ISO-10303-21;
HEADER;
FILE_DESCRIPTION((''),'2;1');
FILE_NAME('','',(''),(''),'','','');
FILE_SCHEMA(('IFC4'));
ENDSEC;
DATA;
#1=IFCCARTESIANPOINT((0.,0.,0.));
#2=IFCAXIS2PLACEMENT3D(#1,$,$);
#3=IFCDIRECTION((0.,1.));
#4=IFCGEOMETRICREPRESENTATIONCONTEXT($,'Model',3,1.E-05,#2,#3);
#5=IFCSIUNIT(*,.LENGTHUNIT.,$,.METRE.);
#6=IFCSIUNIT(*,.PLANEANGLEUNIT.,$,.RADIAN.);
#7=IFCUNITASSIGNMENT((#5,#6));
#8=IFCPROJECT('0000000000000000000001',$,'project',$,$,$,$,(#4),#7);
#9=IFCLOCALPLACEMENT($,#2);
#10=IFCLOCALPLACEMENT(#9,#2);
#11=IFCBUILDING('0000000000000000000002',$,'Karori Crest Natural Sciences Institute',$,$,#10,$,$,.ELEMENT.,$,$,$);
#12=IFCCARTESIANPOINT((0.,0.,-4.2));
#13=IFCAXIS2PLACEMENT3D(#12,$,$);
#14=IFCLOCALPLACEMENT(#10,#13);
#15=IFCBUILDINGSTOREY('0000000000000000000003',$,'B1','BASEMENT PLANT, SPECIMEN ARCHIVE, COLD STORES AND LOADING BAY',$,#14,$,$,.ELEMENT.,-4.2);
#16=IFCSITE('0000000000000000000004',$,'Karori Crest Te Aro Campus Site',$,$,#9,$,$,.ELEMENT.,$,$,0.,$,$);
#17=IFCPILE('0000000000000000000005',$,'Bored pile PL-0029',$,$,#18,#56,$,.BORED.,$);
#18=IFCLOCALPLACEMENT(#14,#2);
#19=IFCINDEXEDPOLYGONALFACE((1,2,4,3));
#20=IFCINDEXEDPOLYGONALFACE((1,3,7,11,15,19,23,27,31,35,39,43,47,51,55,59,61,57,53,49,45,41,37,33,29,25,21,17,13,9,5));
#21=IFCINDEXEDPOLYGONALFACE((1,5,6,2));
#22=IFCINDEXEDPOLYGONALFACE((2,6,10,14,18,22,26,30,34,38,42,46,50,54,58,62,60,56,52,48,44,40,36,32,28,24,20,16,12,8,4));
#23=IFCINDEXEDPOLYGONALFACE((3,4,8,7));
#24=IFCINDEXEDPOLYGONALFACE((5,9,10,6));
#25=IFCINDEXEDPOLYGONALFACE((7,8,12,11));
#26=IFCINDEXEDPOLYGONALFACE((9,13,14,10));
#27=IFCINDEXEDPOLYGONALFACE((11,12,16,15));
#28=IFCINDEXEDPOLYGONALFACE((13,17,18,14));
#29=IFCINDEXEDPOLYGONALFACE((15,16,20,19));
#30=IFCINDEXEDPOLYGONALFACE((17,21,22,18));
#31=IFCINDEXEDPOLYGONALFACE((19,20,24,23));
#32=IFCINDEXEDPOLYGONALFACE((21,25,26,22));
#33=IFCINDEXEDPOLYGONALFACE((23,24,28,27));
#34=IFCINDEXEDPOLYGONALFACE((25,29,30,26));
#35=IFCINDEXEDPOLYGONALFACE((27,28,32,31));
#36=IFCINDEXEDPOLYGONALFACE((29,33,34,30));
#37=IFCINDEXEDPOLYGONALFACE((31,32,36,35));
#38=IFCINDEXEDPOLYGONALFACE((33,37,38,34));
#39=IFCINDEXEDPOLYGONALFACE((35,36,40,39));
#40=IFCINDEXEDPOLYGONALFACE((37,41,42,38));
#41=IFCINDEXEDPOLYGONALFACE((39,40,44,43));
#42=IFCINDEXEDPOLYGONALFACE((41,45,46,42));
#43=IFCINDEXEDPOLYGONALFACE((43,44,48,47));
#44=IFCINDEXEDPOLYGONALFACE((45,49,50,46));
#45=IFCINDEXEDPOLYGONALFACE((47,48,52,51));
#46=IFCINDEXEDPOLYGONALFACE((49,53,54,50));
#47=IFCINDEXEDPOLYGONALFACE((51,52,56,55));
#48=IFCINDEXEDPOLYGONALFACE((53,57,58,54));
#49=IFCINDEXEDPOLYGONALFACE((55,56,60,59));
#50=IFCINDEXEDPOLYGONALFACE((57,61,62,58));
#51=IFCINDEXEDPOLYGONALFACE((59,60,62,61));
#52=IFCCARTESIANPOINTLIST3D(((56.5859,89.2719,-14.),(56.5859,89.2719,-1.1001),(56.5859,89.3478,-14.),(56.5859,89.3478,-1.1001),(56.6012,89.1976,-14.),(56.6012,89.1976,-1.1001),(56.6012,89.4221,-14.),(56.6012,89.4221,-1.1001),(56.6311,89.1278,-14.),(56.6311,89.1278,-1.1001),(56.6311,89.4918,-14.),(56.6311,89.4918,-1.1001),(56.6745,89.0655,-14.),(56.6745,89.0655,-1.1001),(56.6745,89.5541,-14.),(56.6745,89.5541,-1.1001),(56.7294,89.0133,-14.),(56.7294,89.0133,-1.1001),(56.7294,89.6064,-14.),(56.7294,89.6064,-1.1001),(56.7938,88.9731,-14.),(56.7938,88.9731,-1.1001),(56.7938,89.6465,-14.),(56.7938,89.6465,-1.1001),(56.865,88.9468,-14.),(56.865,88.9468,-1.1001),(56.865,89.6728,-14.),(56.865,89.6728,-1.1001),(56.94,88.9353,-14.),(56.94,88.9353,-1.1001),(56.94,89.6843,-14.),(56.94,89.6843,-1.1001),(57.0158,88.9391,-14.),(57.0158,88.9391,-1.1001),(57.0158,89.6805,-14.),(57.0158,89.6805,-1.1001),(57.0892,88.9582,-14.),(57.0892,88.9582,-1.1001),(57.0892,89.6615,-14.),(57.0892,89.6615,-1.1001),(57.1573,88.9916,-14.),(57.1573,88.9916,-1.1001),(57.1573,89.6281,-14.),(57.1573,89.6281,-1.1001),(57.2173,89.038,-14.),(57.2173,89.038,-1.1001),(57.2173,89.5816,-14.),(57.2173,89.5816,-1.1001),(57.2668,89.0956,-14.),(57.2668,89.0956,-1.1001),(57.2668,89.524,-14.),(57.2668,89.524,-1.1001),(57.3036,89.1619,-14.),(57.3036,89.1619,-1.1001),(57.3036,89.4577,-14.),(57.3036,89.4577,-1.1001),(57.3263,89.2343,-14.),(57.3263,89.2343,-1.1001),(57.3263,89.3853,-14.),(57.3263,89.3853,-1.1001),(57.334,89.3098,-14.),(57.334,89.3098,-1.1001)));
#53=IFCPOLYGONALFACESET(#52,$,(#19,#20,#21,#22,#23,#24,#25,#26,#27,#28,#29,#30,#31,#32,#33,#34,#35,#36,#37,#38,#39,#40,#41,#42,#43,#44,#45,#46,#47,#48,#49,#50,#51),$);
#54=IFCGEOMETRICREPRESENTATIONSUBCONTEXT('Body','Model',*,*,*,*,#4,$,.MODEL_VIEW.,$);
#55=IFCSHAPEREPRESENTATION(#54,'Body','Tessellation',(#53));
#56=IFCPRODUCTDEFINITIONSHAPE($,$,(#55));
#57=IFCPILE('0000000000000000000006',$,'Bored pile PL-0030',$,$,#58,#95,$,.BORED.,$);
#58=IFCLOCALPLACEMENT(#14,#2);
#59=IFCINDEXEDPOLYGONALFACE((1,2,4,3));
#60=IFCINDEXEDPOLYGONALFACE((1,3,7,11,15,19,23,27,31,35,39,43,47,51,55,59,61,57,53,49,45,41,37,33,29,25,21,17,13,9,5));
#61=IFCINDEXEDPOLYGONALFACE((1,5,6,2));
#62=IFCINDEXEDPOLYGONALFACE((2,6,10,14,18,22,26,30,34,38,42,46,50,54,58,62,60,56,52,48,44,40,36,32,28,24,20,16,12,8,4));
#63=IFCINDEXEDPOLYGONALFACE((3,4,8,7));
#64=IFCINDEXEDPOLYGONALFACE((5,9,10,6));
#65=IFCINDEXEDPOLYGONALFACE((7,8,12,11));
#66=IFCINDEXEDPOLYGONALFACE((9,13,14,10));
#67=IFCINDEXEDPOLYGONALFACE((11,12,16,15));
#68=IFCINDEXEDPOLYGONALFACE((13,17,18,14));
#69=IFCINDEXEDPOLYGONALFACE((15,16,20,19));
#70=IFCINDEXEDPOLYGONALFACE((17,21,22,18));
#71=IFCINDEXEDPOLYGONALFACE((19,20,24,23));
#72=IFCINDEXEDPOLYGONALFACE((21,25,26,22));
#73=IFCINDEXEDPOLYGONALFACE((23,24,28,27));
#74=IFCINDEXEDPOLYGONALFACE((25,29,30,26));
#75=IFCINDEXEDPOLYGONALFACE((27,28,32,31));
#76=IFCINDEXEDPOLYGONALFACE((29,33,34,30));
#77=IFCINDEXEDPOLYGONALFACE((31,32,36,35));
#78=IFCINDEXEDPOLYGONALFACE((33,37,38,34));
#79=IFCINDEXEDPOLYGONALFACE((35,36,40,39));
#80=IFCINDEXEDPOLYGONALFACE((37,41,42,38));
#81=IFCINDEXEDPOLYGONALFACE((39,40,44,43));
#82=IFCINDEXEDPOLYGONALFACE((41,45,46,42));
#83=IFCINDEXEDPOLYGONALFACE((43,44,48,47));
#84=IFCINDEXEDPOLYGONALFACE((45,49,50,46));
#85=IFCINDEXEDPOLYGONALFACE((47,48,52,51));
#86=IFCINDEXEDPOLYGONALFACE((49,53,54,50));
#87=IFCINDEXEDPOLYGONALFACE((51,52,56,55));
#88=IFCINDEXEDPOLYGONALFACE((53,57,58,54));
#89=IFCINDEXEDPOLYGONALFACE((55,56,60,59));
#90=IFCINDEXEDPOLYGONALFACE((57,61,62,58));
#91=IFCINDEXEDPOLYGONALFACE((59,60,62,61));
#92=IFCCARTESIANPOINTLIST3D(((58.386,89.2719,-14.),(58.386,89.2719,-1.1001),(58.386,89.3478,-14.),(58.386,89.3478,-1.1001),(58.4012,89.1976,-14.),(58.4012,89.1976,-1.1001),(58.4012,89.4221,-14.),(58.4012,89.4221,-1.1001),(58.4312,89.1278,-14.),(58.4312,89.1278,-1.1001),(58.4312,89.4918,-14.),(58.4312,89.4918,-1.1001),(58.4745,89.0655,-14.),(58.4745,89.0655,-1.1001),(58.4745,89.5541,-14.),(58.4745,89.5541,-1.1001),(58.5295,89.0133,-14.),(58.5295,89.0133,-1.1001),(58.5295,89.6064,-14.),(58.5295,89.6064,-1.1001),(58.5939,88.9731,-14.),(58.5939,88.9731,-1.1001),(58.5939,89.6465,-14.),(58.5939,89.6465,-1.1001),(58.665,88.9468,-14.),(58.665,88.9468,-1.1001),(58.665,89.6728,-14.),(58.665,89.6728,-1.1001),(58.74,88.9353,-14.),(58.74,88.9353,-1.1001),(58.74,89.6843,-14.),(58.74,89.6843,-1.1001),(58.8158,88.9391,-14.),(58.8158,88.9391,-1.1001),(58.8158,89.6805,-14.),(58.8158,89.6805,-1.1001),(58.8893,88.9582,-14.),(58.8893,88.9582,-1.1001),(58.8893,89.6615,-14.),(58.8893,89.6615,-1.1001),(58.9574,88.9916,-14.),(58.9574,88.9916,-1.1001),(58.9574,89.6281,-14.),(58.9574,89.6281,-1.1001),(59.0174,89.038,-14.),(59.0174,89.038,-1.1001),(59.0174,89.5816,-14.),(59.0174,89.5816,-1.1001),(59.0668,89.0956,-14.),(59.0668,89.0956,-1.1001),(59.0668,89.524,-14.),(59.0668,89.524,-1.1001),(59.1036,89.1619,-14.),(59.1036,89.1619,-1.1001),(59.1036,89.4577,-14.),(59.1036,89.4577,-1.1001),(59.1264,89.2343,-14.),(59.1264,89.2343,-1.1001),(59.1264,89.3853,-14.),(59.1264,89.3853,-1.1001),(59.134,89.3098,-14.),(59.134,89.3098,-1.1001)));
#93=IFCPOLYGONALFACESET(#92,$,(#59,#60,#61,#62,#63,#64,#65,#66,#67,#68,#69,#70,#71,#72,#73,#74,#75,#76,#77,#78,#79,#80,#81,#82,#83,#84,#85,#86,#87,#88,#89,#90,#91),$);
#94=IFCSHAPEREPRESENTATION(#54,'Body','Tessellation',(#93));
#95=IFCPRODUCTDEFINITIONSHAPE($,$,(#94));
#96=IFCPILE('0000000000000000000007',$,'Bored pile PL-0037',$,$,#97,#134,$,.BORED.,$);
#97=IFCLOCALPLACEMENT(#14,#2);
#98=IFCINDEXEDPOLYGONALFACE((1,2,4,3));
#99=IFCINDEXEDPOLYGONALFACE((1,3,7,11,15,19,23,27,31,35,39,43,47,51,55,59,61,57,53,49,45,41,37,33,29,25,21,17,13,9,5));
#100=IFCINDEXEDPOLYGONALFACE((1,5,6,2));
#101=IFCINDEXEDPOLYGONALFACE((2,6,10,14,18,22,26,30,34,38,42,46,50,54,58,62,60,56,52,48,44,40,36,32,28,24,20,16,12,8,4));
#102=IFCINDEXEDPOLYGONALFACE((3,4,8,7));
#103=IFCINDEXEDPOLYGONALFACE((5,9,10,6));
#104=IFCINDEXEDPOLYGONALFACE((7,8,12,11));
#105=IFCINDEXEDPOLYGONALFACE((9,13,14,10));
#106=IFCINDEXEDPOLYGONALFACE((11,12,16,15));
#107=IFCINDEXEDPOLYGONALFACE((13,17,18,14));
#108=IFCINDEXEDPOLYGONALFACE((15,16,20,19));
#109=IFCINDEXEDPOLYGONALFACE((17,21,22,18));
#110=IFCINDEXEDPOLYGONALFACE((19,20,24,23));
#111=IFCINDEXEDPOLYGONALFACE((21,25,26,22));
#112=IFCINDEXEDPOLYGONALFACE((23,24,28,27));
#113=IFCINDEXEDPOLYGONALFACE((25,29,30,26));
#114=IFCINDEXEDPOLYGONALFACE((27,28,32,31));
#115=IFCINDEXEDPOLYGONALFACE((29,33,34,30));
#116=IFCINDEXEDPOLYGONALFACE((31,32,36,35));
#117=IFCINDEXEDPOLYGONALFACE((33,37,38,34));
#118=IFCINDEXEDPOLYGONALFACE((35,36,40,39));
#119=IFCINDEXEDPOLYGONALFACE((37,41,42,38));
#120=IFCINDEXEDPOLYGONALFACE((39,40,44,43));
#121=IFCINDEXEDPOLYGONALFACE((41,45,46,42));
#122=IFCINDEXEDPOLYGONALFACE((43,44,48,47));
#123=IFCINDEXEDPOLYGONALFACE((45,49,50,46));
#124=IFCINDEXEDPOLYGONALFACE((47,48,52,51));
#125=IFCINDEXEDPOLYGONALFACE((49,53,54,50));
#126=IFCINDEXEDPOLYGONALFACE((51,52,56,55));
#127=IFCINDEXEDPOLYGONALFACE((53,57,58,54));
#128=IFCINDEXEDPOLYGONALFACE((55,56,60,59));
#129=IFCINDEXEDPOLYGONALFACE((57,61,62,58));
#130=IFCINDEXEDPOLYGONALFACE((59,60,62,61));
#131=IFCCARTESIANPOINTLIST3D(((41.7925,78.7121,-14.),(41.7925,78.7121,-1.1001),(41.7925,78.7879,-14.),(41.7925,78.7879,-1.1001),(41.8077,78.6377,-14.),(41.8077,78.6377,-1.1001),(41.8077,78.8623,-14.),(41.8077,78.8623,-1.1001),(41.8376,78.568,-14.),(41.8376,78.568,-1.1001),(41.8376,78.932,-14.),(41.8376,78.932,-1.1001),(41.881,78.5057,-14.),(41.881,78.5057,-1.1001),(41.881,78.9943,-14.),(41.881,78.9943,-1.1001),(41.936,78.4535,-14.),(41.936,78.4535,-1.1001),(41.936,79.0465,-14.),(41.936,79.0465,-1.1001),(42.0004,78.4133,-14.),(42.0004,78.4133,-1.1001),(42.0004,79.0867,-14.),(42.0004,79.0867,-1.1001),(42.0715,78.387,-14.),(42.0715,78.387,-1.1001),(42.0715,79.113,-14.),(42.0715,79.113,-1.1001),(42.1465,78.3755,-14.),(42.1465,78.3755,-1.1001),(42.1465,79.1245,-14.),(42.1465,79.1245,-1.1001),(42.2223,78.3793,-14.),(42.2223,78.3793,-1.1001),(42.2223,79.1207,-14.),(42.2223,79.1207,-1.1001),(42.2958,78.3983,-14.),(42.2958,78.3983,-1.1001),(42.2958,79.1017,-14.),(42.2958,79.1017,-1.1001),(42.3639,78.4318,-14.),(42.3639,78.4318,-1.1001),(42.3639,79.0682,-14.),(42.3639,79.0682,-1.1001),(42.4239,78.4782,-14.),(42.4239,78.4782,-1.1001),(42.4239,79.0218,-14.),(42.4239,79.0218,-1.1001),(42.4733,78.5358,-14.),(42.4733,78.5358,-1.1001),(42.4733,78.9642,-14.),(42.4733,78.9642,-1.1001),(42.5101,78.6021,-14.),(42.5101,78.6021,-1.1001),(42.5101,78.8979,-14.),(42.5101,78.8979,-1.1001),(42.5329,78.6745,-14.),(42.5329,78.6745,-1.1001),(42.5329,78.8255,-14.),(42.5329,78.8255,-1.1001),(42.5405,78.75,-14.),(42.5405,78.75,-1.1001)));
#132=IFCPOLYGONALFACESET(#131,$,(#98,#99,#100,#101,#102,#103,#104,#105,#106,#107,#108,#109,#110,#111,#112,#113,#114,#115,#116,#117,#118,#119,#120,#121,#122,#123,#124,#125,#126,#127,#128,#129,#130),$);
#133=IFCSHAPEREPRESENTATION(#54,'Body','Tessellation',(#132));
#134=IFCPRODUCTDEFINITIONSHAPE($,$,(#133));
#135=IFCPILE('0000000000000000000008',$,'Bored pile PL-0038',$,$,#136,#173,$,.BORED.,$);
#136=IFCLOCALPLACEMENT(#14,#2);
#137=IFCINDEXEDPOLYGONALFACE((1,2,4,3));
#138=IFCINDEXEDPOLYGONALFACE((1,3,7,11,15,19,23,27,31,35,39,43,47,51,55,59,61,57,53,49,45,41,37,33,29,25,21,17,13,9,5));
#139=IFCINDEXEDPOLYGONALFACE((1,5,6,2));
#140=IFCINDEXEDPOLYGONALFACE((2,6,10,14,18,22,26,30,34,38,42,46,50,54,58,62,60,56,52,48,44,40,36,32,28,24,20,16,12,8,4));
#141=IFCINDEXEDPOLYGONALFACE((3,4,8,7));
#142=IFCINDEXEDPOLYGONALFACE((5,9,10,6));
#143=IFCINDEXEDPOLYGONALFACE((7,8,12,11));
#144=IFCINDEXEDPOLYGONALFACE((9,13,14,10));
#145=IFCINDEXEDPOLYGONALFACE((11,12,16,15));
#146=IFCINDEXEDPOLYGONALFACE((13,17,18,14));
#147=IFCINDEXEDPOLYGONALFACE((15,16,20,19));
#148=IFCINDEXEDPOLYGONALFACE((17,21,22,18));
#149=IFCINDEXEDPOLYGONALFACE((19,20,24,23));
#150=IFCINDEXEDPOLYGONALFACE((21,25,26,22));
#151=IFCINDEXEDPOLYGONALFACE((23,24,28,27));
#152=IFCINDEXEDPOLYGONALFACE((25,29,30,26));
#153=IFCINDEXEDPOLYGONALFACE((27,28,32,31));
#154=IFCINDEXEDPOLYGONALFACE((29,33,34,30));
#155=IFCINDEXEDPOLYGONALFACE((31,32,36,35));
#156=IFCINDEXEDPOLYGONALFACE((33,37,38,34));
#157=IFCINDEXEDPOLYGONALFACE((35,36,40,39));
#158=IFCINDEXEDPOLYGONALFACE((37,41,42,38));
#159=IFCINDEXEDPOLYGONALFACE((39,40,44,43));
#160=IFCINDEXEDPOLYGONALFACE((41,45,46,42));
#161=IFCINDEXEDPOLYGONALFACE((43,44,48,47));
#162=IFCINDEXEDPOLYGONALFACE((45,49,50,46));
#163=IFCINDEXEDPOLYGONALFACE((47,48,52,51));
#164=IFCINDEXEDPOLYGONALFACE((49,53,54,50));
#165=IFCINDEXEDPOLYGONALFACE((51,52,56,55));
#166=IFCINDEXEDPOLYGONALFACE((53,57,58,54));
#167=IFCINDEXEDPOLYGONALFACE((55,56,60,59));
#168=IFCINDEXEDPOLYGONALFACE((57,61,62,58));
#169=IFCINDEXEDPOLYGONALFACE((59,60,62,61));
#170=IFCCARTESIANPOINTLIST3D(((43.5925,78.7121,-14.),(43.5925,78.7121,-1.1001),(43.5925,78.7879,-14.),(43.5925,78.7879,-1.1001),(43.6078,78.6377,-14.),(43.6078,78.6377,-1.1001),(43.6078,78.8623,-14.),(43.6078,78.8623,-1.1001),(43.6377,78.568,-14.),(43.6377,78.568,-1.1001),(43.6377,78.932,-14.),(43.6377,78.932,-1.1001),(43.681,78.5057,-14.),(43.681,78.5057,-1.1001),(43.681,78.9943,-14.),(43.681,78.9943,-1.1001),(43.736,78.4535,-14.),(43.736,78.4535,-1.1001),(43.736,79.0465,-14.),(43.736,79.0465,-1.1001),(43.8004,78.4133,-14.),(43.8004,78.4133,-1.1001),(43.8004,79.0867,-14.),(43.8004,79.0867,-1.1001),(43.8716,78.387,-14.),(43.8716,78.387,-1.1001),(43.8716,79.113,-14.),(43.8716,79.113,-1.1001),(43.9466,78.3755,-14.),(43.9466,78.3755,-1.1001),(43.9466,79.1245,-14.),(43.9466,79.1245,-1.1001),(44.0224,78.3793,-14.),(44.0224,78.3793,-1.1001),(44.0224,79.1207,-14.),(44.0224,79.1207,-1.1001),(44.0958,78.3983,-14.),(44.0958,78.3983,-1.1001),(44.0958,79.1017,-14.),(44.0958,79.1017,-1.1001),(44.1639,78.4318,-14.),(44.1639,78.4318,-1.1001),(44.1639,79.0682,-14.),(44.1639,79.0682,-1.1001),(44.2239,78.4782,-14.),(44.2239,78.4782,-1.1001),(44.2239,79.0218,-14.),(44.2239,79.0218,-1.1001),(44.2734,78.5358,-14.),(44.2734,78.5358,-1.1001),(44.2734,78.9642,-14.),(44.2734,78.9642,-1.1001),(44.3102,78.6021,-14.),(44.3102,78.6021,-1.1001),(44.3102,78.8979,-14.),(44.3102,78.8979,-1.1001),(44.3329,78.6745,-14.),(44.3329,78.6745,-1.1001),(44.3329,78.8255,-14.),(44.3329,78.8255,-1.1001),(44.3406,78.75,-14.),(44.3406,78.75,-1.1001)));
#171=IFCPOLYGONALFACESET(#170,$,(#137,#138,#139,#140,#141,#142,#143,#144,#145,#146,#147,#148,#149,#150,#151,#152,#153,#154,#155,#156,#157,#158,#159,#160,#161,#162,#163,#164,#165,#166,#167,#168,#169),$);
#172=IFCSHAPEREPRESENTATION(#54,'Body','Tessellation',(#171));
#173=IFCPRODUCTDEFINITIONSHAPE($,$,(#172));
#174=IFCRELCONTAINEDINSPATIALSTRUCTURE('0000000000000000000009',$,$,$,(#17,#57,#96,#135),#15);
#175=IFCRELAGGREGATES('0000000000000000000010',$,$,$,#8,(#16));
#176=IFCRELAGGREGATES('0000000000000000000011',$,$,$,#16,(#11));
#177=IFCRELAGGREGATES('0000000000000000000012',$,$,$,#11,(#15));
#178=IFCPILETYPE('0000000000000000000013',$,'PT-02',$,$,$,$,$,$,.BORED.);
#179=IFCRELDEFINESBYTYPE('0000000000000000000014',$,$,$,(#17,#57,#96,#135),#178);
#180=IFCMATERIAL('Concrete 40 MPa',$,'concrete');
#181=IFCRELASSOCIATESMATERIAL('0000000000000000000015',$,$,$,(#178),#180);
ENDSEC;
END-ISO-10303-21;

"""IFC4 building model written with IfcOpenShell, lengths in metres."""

from ifc_helpers import new_model, si_unit, direction, frame, origin, origin_2d, place, context, subcontext, project, spatial, circle, extrude, material, material_profile, profile_set, type_object, element, save


model = new_model("IFC4")

# Units and contexts
model_context = context("Model", 3, precision=1e-05, world=origin(), true_north=direction((0.0, 1.0)))
body_context = subcontext(model_context, "Body", "Model", "MODEL_VIEW")
ifc_project = project(units=[si_unit("LENGTHUNIT", "METRE"), si_unit("PLANEANGLEUNIT", "RADIAN")], contexts=[model_context])

# Site, building, storey
site_placement = place(None, origin())
site = spatial("IfcSite", under=ifc_project, at=site_placement, Name="Karori Crest Te Aro Campus Site", CompositionType="ELEMENT", RefElevation=0.0)
building_placement = place(site_placement, origin())
building = spatial("IfcBuilding", under=site, at=building_placement, Name="Karori Crest Natural Sciences Institute", CompositionType="ELEMENT")
storey_placement = place(building_placement, frame((0.0, 0.0, -4.2)))
storey = spatial("IfcBuildingStorey", under=building, at=storey_placement, Name="B1", Description="BASEMENT PLANT, SPECIMEN ARCHIVE, COLD STORES AND LOADING BAY", CompositionType="ELEMENT", Elevation=-4.2)

# Shared definitions
ifc_material_1 = material(Name="Concrete 40 MPa", Category="concrete")

# Piles
ifc_material_profile_1 = material_profile(ifc_material_1, circle(Radius=0.375, at=origin_2d()), Name="PILE750")
ifc_profile_set_1 = profile_set([ifc_material_profile_1], Name="Concrete 40 MPa")
pile_type_1 = type_object("IfcPileType", Name="PT-02", PredefinedType="BORED", material=ifc_profile_set_1)
for number, where, z_axis, x_axis, name in (
    (1, (56.959, 89.3098, -1.1001), (0.0, 0.0, -1.0), (1.0, 0.0, 0.0), "Bored pile PL-0029"),
    (2, (58.759, 89.3098, -1.1001), (0.0, 0.0, -1.0), (1.0, 0.0, 0.0), "Bored pile PL-0030"),
    (3, (42.1655, 78.75, -1.1001), (0.0, 0.0, -1.0), (1.0, 0.0, 0.0), "Bored pile PL-0037"),
    (4, (43.9656, 78.75, -1.1001), (0.0, 0.0, -1.0), (1.0, 0.0, 0.0), "Bored pile PL-0038"),
):
    element("IfcPile", number, at=place(storey_placement, frame(where, z_axis=z_axis, x_axis=x_axis)), inside=storey, type_object=pile_type_1, Name=name, PredefinedType="BORED", context=body_context, shape_type="SweptSolid", body=[
        extrude(circle(Radius=0.375, at=origin_2d()), origin(), (0.0, 0.0, 1.0), 12.8999),
    ])

save(model, "model.ifc")
